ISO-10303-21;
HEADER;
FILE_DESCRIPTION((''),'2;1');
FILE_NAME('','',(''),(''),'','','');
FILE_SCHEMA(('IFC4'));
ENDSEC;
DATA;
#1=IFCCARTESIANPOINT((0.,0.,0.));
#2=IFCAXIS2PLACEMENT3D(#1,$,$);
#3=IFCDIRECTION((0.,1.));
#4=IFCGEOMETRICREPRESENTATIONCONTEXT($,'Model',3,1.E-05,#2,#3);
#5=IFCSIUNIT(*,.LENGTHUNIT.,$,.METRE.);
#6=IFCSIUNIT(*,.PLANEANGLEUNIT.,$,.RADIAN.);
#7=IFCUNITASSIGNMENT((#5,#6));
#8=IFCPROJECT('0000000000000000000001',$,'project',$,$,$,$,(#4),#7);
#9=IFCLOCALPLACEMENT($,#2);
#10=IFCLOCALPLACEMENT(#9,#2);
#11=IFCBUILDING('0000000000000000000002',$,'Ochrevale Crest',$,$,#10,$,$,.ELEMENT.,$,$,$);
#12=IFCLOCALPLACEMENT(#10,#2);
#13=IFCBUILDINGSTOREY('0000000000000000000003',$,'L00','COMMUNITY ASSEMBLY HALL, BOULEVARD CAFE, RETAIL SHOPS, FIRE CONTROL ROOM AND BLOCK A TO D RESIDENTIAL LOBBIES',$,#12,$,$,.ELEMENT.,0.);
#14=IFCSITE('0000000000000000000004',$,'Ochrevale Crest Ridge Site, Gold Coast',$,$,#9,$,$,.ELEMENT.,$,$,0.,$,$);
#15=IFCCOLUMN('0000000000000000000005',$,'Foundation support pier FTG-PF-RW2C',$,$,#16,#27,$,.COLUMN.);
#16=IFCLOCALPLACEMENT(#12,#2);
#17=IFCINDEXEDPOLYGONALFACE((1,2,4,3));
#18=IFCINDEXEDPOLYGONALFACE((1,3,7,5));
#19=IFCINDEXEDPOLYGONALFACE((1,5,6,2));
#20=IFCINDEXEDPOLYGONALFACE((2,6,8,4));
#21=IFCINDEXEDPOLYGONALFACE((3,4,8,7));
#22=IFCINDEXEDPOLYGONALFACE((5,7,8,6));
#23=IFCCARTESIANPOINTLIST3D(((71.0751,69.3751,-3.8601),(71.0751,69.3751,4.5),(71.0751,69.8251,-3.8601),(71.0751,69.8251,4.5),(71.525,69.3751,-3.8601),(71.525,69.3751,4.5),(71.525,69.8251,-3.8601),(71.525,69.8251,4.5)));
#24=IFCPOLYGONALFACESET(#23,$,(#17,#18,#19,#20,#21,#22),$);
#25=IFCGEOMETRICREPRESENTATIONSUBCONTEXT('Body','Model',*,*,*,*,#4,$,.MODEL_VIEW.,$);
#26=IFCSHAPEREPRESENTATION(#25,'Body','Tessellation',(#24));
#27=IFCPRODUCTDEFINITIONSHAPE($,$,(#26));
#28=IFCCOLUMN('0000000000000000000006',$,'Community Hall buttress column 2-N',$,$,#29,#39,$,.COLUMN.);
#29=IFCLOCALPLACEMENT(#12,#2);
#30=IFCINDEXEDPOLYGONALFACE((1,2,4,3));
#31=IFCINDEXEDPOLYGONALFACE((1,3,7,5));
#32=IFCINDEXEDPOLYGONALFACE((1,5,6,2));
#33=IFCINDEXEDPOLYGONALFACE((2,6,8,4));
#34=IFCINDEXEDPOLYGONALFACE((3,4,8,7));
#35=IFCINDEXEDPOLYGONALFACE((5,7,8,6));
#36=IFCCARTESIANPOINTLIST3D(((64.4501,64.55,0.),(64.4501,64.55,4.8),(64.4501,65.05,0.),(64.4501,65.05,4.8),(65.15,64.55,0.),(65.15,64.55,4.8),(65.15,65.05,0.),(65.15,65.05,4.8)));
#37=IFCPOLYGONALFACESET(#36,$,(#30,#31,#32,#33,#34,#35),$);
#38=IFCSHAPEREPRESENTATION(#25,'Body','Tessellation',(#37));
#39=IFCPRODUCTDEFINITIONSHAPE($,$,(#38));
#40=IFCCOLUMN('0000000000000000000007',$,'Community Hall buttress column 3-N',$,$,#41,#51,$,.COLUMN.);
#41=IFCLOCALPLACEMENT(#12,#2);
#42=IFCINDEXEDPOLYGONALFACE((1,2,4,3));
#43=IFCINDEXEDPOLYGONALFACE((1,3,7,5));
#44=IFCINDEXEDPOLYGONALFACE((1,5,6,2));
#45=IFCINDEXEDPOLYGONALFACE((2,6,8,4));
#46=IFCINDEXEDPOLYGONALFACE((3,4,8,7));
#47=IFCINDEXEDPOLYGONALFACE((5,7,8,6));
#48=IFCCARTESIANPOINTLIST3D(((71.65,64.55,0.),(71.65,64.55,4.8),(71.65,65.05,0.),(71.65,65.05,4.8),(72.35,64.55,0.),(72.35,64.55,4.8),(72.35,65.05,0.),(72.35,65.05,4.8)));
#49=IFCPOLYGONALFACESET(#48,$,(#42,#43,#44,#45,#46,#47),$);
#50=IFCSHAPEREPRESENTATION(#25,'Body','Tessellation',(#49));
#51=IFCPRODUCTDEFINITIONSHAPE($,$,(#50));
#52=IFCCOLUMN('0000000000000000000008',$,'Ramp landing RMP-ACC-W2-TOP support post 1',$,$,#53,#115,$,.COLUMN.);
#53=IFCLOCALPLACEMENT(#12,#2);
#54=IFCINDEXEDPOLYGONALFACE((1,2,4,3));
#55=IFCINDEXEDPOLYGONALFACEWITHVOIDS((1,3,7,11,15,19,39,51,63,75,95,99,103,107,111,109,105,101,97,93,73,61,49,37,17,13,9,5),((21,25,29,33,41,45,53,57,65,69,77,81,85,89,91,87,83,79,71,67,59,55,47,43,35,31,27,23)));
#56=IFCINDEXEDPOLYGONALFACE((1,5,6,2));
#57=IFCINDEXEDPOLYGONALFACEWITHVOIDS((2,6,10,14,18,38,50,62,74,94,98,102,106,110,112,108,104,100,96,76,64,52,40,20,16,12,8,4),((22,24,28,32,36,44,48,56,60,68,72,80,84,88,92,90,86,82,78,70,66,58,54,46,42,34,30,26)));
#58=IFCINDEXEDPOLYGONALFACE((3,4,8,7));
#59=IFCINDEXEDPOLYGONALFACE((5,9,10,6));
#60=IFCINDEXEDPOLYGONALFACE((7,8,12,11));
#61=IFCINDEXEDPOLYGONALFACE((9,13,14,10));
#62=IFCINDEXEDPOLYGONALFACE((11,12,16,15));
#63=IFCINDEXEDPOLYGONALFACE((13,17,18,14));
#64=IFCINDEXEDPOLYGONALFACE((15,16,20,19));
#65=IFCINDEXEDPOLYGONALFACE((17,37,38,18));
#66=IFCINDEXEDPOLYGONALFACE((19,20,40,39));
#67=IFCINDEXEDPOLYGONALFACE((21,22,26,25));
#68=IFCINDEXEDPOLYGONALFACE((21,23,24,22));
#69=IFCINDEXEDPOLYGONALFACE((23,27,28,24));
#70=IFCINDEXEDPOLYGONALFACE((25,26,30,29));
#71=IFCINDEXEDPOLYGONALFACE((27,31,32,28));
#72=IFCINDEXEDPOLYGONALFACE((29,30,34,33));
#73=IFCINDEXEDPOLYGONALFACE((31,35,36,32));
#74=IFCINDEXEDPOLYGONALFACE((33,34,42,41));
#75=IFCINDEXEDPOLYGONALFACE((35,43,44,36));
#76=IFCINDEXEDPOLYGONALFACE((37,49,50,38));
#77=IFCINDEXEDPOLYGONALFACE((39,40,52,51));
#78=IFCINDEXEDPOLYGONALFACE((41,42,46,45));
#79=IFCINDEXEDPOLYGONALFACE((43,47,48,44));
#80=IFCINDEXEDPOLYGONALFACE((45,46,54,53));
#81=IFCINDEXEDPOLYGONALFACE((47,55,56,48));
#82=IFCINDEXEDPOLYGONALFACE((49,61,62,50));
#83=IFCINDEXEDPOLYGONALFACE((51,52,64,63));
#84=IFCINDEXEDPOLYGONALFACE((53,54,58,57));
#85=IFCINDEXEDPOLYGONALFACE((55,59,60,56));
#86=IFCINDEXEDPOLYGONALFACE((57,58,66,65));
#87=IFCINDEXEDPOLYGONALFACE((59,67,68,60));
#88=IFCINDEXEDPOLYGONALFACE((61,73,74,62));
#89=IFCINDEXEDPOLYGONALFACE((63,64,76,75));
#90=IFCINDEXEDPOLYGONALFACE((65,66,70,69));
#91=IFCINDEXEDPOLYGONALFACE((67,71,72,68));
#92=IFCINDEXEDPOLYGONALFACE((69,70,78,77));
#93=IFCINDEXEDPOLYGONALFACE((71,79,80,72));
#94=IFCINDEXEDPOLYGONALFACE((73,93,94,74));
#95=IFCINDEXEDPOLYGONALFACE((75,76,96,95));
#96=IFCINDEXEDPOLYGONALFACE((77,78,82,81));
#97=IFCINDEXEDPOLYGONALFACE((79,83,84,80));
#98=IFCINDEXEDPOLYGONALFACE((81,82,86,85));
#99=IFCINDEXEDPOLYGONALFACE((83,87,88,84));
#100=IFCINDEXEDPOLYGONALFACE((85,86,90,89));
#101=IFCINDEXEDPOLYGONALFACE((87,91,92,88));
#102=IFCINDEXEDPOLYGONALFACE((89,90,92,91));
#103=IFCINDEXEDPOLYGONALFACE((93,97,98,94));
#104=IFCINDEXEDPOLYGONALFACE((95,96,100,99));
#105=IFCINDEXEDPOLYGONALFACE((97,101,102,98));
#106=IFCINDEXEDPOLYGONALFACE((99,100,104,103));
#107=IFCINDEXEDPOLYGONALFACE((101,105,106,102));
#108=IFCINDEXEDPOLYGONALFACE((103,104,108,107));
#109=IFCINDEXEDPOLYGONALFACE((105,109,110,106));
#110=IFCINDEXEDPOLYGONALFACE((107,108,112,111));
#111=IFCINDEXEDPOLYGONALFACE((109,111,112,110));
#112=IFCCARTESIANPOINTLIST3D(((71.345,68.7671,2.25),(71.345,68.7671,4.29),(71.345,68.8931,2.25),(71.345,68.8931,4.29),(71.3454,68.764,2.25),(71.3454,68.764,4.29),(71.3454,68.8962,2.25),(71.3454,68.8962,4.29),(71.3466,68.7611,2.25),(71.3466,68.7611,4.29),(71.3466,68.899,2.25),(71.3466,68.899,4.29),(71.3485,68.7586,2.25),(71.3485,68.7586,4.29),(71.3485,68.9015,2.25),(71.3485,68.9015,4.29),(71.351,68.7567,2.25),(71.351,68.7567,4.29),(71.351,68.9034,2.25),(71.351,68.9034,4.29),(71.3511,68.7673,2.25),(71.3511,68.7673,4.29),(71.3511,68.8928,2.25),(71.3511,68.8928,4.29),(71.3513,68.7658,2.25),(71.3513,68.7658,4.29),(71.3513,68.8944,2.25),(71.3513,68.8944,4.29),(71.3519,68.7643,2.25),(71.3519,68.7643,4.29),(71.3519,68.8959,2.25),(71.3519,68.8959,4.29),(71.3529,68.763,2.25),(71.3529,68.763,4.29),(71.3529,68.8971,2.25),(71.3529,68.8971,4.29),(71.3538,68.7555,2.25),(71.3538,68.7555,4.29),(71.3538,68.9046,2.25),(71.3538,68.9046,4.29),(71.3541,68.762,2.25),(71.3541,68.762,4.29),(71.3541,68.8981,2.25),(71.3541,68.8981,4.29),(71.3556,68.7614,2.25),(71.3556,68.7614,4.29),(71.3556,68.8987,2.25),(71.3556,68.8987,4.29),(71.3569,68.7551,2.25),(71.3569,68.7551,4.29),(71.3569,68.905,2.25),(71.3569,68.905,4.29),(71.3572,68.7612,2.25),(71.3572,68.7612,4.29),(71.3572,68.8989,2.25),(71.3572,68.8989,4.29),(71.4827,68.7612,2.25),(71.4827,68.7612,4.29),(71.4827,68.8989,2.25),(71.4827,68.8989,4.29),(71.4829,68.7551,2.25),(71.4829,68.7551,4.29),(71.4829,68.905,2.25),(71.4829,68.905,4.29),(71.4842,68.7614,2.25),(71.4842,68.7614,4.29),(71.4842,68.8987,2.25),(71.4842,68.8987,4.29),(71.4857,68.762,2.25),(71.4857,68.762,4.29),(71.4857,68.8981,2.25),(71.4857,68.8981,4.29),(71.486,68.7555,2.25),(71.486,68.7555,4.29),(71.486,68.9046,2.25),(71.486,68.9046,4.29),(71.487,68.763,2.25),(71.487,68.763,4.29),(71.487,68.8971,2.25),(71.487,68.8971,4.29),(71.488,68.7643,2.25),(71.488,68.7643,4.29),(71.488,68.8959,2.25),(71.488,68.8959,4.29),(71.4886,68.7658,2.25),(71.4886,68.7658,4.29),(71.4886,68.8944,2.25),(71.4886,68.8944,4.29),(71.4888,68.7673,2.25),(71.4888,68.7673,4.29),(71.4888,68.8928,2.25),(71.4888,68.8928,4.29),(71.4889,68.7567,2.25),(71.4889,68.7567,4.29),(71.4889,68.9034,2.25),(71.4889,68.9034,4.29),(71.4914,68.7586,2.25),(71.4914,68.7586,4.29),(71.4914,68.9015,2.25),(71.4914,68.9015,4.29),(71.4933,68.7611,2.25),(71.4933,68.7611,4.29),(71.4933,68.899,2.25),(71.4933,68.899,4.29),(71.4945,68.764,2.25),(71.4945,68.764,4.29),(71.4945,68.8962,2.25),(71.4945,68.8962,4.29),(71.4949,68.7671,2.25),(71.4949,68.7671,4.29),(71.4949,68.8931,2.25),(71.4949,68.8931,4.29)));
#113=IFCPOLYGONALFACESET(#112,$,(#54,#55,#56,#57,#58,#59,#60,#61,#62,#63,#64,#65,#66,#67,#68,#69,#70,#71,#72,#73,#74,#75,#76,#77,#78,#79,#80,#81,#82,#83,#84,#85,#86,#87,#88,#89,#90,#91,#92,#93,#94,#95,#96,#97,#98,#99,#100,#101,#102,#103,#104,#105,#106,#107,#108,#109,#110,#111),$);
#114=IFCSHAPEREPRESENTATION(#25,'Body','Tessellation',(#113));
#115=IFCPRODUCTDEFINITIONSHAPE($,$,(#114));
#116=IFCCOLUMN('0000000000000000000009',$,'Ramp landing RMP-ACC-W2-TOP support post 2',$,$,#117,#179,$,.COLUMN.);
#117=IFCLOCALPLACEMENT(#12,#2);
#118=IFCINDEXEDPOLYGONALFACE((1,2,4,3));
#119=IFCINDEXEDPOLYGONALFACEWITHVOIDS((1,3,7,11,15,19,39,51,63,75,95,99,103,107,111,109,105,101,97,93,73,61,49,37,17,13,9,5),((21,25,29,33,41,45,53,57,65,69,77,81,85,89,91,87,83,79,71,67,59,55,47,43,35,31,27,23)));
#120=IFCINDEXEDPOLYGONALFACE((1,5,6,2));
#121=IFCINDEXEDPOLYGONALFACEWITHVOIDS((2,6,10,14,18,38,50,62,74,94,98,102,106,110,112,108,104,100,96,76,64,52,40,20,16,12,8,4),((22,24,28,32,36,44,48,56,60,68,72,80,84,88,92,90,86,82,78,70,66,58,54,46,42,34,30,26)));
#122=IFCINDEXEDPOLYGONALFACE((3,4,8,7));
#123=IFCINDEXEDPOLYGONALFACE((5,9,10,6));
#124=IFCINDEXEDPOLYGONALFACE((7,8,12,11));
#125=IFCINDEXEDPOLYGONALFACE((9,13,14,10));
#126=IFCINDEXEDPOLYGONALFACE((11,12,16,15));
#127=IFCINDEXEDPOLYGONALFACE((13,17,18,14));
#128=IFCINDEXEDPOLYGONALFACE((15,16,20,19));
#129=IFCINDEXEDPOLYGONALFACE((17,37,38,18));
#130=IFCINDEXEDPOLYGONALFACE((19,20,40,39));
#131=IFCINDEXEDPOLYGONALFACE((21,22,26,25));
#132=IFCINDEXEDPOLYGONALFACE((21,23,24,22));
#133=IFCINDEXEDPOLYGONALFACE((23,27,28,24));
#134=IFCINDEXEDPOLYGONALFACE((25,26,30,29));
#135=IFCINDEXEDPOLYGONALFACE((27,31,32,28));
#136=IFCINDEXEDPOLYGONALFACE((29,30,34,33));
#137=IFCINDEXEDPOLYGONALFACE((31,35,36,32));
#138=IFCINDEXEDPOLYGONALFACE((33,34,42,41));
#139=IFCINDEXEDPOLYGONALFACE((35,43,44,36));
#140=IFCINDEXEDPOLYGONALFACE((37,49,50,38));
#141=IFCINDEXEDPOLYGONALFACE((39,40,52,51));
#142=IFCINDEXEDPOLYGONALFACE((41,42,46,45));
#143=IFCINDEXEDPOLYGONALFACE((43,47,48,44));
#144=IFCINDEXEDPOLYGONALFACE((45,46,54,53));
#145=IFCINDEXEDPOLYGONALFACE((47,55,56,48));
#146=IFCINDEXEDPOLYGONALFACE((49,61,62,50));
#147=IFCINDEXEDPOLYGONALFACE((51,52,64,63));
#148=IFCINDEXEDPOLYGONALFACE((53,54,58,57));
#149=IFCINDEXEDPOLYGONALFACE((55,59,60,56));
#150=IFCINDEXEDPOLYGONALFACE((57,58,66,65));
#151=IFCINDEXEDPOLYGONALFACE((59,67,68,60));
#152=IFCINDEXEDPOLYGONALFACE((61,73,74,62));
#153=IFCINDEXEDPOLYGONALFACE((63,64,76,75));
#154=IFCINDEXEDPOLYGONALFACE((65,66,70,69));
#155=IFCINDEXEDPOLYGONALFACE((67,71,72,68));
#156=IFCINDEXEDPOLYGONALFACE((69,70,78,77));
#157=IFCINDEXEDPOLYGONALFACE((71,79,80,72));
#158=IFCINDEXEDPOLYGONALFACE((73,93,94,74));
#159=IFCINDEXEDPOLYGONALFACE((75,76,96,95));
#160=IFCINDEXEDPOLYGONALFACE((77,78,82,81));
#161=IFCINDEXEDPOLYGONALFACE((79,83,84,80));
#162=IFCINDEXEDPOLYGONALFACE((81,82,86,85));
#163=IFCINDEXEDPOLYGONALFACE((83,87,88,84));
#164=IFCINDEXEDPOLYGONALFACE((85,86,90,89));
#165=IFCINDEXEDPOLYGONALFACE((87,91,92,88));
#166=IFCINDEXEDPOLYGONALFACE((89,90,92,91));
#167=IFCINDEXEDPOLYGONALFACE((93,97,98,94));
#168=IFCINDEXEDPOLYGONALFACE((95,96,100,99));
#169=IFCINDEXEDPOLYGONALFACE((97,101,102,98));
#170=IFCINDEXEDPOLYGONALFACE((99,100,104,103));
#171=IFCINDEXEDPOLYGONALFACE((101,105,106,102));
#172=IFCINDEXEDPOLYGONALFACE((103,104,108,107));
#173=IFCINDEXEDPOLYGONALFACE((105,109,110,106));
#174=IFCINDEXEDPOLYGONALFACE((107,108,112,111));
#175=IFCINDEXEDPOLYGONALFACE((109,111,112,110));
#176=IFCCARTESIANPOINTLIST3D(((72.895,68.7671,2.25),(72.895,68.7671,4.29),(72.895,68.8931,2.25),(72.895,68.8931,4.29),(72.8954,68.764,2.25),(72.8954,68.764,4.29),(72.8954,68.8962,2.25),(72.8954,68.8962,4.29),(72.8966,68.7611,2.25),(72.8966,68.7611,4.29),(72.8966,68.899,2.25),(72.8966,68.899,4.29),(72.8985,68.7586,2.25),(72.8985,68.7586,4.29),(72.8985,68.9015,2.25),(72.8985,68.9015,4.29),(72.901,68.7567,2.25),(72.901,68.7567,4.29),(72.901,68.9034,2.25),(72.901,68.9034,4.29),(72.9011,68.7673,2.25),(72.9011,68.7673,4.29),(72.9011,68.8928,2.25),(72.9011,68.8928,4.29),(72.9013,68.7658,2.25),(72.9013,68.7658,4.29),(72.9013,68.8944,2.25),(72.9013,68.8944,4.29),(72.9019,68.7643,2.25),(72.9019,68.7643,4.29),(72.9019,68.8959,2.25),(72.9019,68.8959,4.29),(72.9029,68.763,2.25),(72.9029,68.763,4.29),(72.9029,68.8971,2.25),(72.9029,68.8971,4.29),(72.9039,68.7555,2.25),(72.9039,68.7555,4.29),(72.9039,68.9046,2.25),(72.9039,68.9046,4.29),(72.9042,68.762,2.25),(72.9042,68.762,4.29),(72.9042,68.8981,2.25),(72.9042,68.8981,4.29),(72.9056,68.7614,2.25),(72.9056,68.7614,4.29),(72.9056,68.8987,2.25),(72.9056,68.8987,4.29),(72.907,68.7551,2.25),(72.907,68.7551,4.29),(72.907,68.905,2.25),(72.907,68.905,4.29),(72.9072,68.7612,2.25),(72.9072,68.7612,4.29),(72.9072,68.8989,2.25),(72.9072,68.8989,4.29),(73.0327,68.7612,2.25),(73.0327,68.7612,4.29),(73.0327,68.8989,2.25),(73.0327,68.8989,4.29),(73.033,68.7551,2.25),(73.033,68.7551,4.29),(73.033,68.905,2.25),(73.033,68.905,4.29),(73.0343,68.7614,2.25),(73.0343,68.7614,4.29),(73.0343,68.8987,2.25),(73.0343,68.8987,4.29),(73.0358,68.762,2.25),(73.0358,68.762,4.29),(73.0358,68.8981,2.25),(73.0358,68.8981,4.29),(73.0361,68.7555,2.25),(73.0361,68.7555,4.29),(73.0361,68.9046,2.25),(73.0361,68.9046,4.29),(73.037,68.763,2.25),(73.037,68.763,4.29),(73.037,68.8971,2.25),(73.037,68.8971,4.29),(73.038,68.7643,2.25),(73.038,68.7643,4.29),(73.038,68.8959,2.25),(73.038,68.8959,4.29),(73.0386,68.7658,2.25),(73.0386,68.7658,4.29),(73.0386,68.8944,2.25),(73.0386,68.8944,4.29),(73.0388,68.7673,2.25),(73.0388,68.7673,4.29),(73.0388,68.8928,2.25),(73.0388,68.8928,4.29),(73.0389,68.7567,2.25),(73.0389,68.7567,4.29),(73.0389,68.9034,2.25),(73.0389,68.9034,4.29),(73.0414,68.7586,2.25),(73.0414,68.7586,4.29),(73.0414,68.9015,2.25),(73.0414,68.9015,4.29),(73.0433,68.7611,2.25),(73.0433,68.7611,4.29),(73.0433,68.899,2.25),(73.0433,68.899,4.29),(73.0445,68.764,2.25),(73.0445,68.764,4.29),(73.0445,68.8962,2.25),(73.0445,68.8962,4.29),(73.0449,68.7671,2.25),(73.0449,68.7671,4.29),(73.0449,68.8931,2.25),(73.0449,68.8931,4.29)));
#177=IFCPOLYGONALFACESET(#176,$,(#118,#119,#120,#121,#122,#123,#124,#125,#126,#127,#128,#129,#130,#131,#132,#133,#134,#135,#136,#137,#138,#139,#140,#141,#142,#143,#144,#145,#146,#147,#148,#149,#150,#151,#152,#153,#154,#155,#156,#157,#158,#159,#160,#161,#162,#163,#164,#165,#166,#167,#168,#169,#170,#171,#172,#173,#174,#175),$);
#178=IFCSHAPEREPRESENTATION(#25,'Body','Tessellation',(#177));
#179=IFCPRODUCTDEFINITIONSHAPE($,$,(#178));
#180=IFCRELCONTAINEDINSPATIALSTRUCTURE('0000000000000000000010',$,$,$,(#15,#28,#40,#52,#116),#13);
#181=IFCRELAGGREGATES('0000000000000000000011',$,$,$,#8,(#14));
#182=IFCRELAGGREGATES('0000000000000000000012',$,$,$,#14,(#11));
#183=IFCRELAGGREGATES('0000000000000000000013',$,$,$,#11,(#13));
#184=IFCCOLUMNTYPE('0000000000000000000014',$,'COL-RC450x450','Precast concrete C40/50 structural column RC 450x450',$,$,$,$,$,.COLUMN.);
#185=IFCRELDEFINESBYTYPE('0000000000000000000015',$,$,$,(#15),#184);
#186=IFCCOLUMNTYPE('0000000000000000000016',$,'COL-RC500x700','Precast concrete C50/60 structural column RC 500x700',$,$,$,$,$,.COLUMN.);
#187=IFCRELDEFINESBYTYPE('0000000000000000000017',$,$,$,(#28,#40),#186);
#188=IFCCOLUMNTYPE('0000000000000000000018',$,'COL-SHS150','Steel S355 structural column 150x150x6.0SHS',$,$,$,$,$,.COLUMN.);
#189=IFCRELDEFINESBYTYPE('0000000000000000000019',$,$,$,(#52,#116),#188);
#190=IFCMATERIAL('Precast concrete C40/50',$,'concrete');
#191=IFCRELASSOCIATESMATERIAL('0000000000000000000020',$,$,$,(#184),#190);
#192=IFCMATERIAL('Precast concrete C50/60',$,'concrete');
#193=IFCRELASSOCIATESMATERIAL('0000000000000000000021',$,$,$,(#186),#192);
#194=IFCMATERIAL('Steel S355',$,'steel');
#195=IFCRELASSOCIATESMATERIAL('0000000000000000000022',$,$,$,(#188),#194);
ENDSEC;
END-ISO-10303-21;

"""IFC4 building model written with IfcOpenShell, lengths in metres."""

from ifc_helpers import new_model, si_unit, direction, frame, origin, origin_2d, place, context, subcontext, project, spatial, rectangle, hollow_rectangle, extrude, material, material_profile, profile_set, type_object, element, save


model = new_model("IFC4")

# Units and contexts
model_context = context("Model", 3, precision=1e-05, world=origin(), true_north=direction((0.0, 1.0)))
body_context = subcontext(model_context, "Body", "Model", "MODEL_VIEW")
ifc_project = project(units=[si_unit("LENGTHUNIT", "METRE"), si_unit("PLANEANGLEUNIT", "RADIAN")], contexts=[model_context])

# Site, building, storey
site_placement = place(None, origin())
site = spatial("IfcSite", under=ifc_project, at=site_placement, Name="Ochrevale Crest Ridge Site, Gold Coast", CompositionType="ELEMENT", RefElevation=0.0)
building_placement = place(site_placement, origin())
building = spatial("IfcBuilding", under=site, at=building_placement, Name="Ochrevale Crest", CompositionType="ELEMENT")
storey_placement = place(building_placement, origin())
storey = spatial("IfcBuildingStorey", under=building, at=storey_placement, Name="L00", Description="COMMUNITY ASSEMBLY HALL, BOULEVARD CAFE, RETAIL SHOPS, FIRE CONTROL ROOM AND BLOCK A TO D RESIDENTIAL LOBBIES", CompositionType="ELEMENT", Elevation=0.0)

# Columns
ifc_material_1 = material(Name="Precast concrete C40/50", Category="concrete")
ifc_material_profile_1 = material_profile(ifc_material_1, rectangle(XDim=0.45, YDim=0.45, at=origin_2d()), Name="RC 450x450")
ifc_profile_set_1 = profile_set([ifc_material_profile_1], Name="Precast concrete C40/50")
column_type_1 = type_object("IfcColumnType", Name="COL-RC450x450", Description="Precast concrete C40/50 structural column RC 450x450", PredefinedType="COLUMN", material=ifc_profile_set_1)
column_placement = place(storey_placement, frame((71.3, 69.6001, -3.8601), z_axis=(0.0, 0.0, 1.0), x_axis=(1.0, 0.0, 0.0)))
element("IfcColumn", 1, at=column_placement, inside=storey, type_object=column_type_1, Name="Foundation support pier FTG-PF-RW2C", PredefinedType="COLUMN", context=body_context, shape_type="SweptSolid", body=[
    extrude(rectangle(XDim=0.45, YDim=0.45, at=origin_2d()), origin(), (0.0, 0.0, 1.0), 8.3601),
])
ifc_material_2 = material(Name="Precast concrete C50/60", Category="concrete")
ifc_material_profile_2 = material_profile(ifc_material_2, rectangle(XDim=0.5, YDim=0.7, at=origin_2d()), Name="RC 500x700")
ifc_profile_set_2 = profile_set([ifc_material_profile_2], Name="Precast concrete C50/60")
column_type_2 = type_object("IfcColumnType", Name="COL-RC500x700", Description="Precast concrete C50/60 structural column RC 500x700", PredefinedType="COLUMN", material=ifc_profile_set_2)
for number, where, z_axis, x_axis, name in (
    (2, (64.8, 64.8, 0.0), (0.0, 0.0, 1.0), (0.0, 1.0, 0.0), "Community Hall buttress column 2-N"),
    (3, (72.0, 64.8, 0.0), (0.0, 0.0, 1.0), (0.0, 1.0, 0.0), "Community Hall buttress column 3-N"),
):
    element("IfcColumn", number, at=place(storey_placement, frame(where, z_axis=z_axis, x_axis=x_axis)), inside=storey, type_object=column_type_2, Name=name, PredefinedType="COLUMN", context=body_context, shape_type="SweptSolid", body=[
        extrude(rectangle(XDim=0.5, YDim=0.7, at=origin_2d()), origin(), (0.0, 0.0, 1.0), 4.8),
    ])
ifc_material_3 = material(Name="Steel S355", Category="steel")
ifc_material_profile_3 = material_profile(ifc_material_3, hollow_rectangle(XDim=0.1499, YDim=0.1499, WallThickness=0.0061, InnerFilletRadius=0.0061, OuterFilletRadius=0.012, at=origin_2d()), Name="150x150x6.0SHS")
ifc_profile_set_3 = profile_set([ifc_material_profile_3], Name="Steel S355")
column_type_3 = type_object("IfcColumnType", Name="COL-SHS150", Description="Steel S355 structural column 150x150x6.0SHS", PredefinedType="COLUMN", material=ifc_profile_set_3)
for number, where, z_axis, x_axis, name in (
    (4, (71.4199, 68.8301, 2.25), (0.0, 0.0, 1.0), (1.0, 0.0, 0.0), "Ramp landing RMP-ACC-W2-TOP support post 1"),
    (5, (72.97, 68.8301, 2.25), (0.0, 0.0, 1.0), (1.0, 0.0, 0.0), "Ramp landing RMP-ACC-W2-TOP support post 2"),
):
    element("IfcColumn", number, at=place(storey_placement, frame(where, z_axis=z_axis, x_axis=x_axis)), inside=storey, type_object=column_type_3, Name=name, PredefinedType="COLUMN", context=body_context, shape_type="SweptSolid", body=[
        extrude(hollow_rectangle(XDim=0.1499, YDim=0.1499, WallThickness=0.0061, InnerFilletRadius=0.0061, OuterFilletRadius=0.012, at=origin_2d()), origin(), (0.0, 0.0, 1.0), 2.04),
    ])

save(model, "model.ifc")
